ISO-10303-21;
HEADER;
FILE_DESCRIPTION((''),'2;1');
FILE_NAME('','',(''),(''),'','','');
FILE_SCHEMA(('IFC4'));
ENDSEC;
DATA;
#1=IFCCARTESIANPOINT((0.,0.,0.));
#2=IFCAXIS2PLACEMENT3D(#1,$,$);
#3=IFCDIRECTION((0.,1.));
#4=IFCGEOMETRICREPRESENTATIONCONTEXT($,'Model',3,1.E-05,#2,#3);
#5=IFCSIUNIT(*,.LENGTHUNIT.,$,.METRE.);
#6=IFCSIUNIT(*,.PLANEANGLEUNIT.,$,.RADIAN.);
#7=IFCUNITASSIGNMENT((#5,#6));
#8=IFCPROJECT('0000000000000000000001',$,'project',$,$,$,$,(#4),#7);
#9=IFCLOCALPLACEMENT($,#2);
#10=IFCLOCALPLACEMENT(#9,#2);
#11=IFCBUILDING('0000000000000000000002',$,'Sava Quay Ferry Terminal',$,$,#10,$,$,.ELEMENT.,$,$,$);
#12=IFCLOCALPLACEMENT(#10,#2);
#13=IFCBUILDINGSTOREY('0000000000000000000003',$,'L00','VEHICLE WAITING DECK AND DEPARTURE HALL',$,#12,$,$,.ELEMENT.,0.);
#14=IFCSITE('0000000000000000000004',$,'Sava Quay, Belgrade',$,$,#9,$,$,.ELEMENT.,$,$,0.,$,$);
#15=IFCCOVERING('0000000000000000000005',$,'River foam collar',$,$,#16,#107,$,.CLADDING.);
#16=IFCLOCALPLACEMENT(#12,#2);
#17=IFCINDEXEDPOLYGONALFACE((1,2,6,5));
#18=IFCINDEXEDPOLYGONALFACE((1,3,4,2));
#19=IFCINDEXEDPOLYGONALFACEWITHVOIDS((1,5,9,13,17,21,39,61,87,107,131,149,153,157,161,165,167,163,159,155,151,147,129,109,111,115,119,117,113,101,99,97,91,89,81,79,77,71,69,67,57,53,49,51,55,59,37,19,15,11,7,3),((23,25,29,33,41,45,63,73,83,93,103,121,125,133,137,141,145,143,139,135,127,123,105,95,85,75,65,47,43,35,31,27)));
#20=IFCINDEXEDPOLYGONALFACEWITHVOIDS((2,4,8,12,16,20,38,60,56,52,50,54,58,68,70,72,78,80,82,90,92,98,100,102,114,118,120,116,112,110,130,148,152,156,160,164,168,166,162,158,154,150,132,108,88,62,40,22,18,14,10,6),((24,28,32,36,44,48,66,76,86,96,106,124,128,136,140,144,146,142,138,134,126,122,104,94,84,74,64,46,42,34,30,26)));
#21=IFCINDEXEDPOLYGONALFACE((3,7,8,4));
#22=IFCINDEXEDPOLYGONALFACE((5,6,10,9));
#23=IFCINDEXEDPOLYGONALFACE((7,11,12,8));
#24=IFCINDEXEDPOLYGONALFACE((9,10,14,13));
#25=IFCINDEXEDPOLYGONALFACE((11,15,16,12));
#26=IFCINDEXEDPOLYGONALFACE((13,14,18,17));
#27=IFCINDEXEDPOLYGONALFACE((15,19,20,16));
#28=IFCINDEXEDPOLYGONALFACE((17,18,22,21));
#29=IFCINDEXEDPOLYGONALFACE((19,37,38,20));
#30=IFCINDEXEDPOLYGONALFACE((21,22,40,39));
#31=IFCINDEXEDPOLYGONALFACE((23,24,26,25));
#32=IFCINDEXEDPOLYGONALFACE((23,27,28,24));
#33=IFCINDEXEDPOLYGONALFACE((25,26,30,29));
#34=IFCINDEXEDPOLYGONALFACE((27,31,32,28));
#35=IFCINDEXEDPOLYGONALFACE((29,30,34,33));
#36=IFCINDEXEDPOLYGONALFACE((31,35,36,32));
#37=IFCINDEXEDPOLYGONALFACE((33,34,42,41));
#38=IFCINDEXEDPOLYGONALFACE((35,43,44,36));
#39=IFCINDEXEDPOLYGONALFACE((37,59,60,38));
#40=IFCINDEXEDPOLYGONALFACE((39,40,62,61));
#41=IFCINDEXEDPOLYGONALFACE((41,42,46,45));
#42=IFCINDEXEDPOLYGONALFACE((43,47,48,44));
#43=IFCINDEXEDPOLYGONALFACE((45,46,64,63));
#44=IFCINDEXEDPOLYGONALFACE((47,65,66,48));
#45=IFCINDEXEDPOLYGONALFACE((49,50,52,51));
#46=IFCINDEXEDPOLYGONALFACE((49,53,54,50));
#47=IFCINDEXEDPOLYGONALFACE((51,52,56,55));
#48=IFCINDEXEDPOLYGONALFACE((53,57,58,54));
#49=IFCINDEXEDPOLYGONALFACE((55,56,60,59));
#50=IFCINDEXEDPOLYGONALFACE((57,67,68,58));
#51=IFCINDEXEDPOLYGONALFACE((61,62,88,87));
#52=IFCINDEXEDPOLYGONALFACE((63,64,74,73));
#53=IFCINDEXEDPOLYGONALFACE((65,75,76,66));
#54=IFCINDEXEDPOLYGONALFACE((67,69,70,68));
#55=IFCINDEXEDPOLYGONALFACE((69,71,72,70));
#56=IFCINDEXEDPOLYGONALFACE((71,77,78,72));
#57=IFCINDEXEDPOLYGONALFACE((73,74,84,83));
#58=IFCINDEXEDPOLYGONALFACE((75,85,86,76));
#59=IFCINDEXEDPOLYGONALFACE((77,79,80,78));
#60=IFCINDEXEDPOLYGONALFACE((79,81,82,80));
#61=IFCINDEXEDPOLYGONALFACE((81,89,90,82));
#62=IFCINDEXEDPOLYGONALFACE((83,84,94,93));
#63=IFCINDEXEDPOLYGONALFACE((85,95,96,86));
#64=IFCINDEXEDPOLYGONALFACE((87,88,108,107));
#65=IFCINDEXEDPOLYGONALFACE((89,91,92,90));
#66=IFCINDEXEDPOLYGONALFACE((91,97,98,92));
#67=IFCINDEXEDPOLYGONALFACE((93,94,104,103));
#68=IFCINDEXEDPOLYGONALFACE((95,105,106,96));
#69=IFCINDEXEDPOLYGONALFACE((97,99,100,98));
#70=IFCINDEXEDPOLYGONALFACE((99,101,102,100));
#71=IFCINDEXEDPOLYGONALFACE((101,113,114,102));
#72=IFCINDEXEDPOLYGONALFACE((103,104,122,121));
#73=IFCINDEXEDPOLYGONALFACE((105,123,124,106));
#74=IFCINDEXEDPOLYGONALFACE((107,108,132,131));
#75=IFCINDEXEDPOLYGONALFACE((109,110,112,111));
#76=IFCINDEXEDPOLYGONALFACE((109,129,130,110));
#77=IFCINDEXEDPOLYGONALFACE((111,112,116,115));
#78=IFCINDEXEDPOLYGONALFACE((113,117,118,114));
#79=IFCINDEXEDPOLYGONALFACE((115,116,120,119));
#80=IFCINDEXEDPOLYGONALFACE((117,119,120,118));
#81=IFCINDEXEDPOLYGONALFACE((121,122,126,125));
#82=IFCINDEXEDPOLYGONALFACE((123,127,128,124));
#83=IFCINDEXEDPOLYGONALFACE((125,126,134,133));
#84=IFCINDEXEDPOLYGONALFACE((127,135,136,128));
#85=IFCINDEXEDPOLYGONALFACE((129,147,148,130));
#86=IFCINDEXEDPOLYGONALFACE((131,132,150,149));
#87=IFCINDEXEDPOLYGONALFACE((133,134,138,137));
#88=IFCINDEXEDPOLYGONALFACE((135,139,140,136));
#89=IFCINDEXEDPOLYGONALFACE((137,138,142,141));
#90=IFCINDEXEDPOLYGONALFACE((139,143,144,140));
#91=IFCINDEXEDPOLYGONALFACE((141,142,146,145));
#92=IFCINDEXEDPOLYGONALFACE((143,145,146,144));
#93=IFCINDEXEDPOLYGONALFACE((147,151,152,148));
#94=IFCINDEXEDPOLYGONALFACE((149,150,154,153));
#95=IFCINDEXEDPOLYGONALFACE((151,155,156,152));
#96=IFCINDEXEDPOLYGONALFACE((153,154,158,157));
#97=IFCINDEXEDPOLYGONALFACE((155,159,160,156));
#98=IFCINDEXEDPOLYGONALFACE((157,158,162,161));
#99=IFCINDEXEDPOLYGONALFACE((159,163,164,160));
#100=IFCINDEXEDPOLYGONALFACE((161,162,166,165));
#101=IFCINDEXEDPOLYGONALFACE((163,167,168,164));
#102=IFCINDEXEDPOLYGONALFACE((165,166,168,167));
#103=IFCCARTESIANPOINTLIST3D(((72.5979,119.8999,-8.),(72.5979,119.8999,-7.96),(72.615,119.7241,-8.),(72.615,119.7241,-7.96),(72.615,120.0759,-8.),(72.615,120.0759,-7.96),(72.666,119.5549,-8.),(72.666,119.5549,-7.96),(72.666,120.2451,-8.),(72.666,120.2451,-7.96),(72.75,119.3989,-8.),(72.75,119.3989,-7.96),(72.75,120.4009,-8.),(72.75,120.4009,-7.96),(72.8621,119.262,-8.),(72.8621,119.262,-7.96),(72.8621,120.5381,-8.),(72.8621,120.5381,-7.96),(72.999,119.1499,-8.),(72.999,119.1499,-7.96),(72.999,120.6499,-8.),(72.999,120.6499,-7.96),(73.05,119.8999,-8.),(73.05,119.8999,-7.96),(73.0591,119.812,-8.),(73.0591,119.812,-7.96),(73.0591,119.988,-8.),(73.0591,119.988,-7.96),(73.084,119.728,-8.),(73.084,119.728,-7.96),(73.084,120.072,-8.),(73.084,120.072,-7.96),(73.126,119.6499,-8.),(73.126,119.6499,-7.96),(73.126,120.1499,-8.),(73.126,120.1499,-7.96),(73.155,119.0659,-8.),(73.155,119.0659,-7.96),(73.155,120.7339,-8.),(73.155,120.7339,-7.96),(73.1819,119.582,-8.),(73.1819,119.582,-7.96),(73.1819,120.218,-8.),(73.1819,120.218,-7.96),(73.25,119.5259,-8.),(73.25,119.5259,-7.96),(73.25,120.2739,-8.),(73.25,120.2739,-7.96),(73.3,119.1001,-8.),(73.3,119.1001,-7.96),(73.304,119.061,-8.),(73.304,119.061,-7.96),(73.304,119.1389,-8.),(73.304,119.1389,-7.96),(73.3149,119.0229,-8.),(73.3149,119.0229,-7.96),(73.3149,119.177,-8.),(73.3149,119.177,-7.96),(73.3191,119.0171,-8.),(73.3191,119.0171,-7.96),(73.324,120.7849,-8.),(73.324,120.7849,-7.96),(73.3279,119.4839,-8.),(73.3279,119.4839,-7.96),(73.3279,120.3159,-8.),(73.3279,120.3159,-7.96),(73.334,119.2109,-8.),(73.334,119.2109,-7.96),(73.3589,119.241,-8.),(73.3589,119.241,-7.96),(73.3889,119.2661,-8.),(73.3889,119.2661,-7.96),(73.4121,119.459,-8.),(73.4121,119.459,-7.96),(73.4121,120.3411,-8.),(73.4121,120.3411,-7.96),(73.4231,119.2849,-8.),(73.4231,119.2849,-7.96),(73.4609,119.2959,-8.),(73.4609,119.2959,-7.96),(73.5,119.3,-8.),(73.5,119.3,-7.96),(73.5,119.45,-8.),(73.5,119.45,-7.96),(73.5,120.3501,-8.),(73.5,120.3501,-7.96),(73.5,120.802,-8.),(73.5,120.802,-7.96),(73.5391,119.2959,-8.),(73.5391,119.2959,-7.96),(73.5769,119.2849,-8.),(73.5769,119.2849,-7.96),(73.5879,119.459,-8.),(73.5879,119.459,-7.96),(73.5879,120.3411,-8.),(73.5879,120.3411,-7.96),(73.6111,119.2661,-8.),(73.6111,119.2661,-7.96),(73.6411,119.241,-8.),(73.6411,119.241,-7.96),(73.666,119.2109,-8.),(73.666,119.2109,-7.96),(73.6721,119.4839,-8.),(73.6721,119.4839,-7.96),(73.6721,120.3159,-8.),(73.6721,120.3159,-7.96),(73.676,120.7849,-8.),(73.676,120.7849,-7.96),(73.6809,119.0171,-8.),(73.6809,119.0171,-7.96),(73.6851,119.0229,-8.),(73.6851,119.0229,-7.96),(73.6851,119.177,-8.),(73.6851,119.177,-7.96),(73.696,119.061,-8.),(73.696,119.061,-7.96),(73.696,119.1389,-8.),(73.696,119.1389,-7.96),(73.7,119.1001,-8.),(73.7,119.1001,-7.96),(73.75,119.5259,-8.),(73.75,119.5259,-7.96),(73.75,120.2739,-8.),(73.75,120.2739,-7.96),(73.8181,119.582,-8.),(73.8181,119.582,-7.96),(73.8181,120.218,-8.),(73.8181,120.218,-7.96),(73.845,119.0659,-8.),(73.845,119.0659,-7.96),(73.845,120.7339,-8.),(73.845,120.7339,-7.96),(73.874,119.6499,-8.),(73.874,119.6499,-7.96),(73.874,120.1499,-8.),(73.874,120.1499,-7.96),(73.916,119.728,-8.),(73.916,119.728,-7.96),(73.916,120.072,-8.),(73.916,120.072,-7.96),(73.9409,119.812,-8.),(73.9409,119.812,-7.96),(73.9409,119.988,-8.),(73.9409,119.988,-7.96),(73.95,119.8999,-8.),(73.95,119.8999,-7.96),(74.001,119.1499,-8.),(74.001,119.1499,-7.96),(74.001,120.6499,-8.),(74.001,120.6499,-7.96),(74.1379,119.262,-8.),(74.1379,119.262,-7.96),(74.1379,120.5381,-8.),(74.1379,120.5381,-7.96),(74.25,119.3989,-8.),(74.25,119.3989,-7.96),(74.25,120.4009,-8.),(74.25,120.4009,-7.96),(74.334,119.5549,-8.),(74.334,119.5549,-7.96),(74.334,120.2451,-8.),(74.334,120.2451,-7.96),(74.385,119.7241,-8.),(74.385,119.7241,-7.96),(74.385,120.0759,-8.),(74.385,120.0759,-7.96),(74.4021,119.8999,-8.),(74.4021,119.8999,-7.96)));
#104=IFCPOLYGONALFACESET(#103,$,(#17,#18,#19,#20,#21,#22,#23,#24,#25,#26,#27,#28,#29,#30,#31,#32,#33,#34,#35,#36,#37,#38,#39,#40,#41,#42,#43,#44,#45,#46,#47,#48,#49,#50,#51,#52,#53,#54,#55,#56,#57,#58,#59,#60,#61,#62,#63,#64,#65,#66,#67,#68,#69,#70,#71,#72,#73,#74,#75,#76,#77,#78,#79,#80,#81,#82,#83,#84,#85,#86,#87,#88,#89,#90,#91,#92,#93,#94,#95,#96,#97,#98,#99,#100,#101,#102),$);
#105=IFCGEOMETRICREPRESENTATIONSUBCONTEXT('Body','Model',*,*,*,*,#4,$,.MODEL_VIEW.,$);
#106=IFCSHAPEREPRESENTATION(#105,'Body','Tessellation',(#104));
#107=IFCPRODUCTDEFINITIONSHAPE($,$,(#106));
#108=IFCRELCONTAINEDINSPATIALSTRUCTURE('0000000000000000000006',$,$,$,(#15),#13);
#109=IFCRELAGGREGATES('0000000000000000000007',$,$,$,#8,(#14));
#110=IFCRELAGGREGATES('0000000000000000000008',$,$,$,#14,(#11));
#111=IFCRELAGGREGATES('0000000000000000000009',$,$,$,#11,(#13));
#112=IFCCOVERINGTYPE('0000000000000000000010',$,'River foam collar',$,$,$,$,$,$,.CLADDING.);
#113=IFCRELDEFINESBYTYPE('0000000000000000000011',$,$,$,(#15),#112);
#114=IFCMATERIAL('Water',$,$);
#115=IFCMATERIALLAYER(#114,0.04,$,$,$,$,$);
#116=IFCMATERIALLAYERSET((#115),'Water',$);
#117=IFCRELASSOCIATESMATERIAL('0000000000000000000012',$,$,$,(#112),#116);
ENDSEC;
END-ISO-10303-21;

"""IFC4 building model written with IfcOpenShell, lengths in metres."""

from ifc_helpers import new_model, si_unit, direction, frame, origin, place, context, subcontext, project, spatial, polyline, outline, extrude, material, layer, layer_set, type_object, element, save


model = new_model("IFC4")

# Units and contexts
model_context = context("Model", 3, precision=1e-05, world=origin(), true_north=direction((0.0, 1.0)))
body_context = subcontext(model_context, "Body", "Model", "MODEL_VIEW")
ifc_project = project(units=[si_unit("LENGTHUNIT", "METRE"), si_unit("PLANEANGLEUNIT", "RADIAN")], contexts=[model_context])

# Site, building, storey
site_placement = place(None, origin())
site = spatial("IfcSite", under=ifc_project, at=site_placement, Name="Sava Quay, Belgrade", CompositionType="ELEMENT", RefElevation=0.0)
building_placement = place(site_placement, origin())
building = spatial("IfcBuilding", under=site, at=building_placement, Name="Sava Quay Ferry Terminal", CompositionType="ELEMENT")
storey_placement = place(building_placement, origin())
storey = spatial("IfcBuildingStorey", under=building, at=storey_placement, Name="L00", Description="VEHICLE WAITING DECK AND DEPARTURE HALL", CompositionType="ELEMENT", Elevation=0.0)

# Covering
ifc_material = material(Name="Water")
ifc_layer = layer(ifc_material, 0.04)
ifc_layer_set = layer_set([ifc_layer], Name="Water")
covering_type = type_object("IfcCoveringType", Name="River foam collar", PredefinedType="CLADDING", material=ifc_layer_set)
covering_1_placement = place(storey_placement, frame((0.0, 0.0, -8.0)))
element("IfcCovering", 1, at=covering_1_placement, inside=storey, type_object=covering_type, Name="River foam collar", PredefinedType="CLADDING", context=body_context, shape_type="SweptSolid", body=[
    extrude(outline(polyline([(73.155, 120.7339), (72.999, 120.6499), (72.8621, 120.5381), (72.75, 120.4009), (72.666, 120.2451), (72.615, 120.0759), (72.5979, 119.8999), (72.615, 119.7241), (72.666, 119.5549), (72.75, 119.3989), (72.8621, 119.262), (72.999, 119.1499), (73.155, 119.0659), (73.3191, 119.0171), (73.3149, 119.0229), (73.304, 119.061), (73.3, 119.1001), (73.304, 119.1389), (73.3149, 119.177), (73.334, 119.2109), (73.3589, 119.241), (73.3889, 119.2661), (73.4231, 119.2849), (73.4609, 119.2959), (73.5, 119.3), (73.5391, 119.2959), (73.5769, 119.2849), (73.6111, 119.2661), (73.6411, 119.241), (73.666, 119.2109), (73.6851, 119.177), (73.696, 119.1389), (73.7, 119.1001), (73.696, 119.061), (73.6851, 119.0229), (73.6809, 119.0171), (73.845, 119.0659), (74.001, 119.1499), (74.1379, 119.262), (74.25, 119.3989), (74.334, 119.5549), (74.385, 119.7241), (74.4021, 119.8999), (74.385, 120.0759), (74.334, 120.2451), (74.25, 120.4009), (74.1379, 120.5381), (74.001, 120.6499), (73.845, 120.7339), (73.676, 120.7849), (73.5, 120.802), (73.324, 120.7849), (73.155, 120.7339)]), holes=[polyline([(73.3279, 120.3159), (73.4121, 120.3411), (73.5, 120.3501), (73.5879, 120.3411), (73.6721, 120.3159), (73.75, 120.2739), (73.8181, 120.218), (73.874, 120.1499), (73.916, 120.072), (73.9409, 119.988), (73.95, 119.8999), (73.9409, 119.812), (73.916, 119.728), (73.874, 119.6499), (73.8181, 119.582), (73.75, 119.5259), (73.6721, 119.4839), (73.5879, 119.459), (73.5, 119.45), (73.4121, 119.459), (73.3279, 119.4839), (73.25, 119.5259), (73.1819, 119.582), (73.126, 119.6499), (73.084, 119.728), (73.0591, 119.812), (73.05, 119.8999), (73.0591, 119.988), (73.084, 120.072), (73.126, 120.1499), (73.1819, 120.218), (73.25, 120.2739), (73.3279, 120.3159)])]), origin(), (0.0, 0.0, 1.0), 0.04),
])

save(model, "model.ifc")
